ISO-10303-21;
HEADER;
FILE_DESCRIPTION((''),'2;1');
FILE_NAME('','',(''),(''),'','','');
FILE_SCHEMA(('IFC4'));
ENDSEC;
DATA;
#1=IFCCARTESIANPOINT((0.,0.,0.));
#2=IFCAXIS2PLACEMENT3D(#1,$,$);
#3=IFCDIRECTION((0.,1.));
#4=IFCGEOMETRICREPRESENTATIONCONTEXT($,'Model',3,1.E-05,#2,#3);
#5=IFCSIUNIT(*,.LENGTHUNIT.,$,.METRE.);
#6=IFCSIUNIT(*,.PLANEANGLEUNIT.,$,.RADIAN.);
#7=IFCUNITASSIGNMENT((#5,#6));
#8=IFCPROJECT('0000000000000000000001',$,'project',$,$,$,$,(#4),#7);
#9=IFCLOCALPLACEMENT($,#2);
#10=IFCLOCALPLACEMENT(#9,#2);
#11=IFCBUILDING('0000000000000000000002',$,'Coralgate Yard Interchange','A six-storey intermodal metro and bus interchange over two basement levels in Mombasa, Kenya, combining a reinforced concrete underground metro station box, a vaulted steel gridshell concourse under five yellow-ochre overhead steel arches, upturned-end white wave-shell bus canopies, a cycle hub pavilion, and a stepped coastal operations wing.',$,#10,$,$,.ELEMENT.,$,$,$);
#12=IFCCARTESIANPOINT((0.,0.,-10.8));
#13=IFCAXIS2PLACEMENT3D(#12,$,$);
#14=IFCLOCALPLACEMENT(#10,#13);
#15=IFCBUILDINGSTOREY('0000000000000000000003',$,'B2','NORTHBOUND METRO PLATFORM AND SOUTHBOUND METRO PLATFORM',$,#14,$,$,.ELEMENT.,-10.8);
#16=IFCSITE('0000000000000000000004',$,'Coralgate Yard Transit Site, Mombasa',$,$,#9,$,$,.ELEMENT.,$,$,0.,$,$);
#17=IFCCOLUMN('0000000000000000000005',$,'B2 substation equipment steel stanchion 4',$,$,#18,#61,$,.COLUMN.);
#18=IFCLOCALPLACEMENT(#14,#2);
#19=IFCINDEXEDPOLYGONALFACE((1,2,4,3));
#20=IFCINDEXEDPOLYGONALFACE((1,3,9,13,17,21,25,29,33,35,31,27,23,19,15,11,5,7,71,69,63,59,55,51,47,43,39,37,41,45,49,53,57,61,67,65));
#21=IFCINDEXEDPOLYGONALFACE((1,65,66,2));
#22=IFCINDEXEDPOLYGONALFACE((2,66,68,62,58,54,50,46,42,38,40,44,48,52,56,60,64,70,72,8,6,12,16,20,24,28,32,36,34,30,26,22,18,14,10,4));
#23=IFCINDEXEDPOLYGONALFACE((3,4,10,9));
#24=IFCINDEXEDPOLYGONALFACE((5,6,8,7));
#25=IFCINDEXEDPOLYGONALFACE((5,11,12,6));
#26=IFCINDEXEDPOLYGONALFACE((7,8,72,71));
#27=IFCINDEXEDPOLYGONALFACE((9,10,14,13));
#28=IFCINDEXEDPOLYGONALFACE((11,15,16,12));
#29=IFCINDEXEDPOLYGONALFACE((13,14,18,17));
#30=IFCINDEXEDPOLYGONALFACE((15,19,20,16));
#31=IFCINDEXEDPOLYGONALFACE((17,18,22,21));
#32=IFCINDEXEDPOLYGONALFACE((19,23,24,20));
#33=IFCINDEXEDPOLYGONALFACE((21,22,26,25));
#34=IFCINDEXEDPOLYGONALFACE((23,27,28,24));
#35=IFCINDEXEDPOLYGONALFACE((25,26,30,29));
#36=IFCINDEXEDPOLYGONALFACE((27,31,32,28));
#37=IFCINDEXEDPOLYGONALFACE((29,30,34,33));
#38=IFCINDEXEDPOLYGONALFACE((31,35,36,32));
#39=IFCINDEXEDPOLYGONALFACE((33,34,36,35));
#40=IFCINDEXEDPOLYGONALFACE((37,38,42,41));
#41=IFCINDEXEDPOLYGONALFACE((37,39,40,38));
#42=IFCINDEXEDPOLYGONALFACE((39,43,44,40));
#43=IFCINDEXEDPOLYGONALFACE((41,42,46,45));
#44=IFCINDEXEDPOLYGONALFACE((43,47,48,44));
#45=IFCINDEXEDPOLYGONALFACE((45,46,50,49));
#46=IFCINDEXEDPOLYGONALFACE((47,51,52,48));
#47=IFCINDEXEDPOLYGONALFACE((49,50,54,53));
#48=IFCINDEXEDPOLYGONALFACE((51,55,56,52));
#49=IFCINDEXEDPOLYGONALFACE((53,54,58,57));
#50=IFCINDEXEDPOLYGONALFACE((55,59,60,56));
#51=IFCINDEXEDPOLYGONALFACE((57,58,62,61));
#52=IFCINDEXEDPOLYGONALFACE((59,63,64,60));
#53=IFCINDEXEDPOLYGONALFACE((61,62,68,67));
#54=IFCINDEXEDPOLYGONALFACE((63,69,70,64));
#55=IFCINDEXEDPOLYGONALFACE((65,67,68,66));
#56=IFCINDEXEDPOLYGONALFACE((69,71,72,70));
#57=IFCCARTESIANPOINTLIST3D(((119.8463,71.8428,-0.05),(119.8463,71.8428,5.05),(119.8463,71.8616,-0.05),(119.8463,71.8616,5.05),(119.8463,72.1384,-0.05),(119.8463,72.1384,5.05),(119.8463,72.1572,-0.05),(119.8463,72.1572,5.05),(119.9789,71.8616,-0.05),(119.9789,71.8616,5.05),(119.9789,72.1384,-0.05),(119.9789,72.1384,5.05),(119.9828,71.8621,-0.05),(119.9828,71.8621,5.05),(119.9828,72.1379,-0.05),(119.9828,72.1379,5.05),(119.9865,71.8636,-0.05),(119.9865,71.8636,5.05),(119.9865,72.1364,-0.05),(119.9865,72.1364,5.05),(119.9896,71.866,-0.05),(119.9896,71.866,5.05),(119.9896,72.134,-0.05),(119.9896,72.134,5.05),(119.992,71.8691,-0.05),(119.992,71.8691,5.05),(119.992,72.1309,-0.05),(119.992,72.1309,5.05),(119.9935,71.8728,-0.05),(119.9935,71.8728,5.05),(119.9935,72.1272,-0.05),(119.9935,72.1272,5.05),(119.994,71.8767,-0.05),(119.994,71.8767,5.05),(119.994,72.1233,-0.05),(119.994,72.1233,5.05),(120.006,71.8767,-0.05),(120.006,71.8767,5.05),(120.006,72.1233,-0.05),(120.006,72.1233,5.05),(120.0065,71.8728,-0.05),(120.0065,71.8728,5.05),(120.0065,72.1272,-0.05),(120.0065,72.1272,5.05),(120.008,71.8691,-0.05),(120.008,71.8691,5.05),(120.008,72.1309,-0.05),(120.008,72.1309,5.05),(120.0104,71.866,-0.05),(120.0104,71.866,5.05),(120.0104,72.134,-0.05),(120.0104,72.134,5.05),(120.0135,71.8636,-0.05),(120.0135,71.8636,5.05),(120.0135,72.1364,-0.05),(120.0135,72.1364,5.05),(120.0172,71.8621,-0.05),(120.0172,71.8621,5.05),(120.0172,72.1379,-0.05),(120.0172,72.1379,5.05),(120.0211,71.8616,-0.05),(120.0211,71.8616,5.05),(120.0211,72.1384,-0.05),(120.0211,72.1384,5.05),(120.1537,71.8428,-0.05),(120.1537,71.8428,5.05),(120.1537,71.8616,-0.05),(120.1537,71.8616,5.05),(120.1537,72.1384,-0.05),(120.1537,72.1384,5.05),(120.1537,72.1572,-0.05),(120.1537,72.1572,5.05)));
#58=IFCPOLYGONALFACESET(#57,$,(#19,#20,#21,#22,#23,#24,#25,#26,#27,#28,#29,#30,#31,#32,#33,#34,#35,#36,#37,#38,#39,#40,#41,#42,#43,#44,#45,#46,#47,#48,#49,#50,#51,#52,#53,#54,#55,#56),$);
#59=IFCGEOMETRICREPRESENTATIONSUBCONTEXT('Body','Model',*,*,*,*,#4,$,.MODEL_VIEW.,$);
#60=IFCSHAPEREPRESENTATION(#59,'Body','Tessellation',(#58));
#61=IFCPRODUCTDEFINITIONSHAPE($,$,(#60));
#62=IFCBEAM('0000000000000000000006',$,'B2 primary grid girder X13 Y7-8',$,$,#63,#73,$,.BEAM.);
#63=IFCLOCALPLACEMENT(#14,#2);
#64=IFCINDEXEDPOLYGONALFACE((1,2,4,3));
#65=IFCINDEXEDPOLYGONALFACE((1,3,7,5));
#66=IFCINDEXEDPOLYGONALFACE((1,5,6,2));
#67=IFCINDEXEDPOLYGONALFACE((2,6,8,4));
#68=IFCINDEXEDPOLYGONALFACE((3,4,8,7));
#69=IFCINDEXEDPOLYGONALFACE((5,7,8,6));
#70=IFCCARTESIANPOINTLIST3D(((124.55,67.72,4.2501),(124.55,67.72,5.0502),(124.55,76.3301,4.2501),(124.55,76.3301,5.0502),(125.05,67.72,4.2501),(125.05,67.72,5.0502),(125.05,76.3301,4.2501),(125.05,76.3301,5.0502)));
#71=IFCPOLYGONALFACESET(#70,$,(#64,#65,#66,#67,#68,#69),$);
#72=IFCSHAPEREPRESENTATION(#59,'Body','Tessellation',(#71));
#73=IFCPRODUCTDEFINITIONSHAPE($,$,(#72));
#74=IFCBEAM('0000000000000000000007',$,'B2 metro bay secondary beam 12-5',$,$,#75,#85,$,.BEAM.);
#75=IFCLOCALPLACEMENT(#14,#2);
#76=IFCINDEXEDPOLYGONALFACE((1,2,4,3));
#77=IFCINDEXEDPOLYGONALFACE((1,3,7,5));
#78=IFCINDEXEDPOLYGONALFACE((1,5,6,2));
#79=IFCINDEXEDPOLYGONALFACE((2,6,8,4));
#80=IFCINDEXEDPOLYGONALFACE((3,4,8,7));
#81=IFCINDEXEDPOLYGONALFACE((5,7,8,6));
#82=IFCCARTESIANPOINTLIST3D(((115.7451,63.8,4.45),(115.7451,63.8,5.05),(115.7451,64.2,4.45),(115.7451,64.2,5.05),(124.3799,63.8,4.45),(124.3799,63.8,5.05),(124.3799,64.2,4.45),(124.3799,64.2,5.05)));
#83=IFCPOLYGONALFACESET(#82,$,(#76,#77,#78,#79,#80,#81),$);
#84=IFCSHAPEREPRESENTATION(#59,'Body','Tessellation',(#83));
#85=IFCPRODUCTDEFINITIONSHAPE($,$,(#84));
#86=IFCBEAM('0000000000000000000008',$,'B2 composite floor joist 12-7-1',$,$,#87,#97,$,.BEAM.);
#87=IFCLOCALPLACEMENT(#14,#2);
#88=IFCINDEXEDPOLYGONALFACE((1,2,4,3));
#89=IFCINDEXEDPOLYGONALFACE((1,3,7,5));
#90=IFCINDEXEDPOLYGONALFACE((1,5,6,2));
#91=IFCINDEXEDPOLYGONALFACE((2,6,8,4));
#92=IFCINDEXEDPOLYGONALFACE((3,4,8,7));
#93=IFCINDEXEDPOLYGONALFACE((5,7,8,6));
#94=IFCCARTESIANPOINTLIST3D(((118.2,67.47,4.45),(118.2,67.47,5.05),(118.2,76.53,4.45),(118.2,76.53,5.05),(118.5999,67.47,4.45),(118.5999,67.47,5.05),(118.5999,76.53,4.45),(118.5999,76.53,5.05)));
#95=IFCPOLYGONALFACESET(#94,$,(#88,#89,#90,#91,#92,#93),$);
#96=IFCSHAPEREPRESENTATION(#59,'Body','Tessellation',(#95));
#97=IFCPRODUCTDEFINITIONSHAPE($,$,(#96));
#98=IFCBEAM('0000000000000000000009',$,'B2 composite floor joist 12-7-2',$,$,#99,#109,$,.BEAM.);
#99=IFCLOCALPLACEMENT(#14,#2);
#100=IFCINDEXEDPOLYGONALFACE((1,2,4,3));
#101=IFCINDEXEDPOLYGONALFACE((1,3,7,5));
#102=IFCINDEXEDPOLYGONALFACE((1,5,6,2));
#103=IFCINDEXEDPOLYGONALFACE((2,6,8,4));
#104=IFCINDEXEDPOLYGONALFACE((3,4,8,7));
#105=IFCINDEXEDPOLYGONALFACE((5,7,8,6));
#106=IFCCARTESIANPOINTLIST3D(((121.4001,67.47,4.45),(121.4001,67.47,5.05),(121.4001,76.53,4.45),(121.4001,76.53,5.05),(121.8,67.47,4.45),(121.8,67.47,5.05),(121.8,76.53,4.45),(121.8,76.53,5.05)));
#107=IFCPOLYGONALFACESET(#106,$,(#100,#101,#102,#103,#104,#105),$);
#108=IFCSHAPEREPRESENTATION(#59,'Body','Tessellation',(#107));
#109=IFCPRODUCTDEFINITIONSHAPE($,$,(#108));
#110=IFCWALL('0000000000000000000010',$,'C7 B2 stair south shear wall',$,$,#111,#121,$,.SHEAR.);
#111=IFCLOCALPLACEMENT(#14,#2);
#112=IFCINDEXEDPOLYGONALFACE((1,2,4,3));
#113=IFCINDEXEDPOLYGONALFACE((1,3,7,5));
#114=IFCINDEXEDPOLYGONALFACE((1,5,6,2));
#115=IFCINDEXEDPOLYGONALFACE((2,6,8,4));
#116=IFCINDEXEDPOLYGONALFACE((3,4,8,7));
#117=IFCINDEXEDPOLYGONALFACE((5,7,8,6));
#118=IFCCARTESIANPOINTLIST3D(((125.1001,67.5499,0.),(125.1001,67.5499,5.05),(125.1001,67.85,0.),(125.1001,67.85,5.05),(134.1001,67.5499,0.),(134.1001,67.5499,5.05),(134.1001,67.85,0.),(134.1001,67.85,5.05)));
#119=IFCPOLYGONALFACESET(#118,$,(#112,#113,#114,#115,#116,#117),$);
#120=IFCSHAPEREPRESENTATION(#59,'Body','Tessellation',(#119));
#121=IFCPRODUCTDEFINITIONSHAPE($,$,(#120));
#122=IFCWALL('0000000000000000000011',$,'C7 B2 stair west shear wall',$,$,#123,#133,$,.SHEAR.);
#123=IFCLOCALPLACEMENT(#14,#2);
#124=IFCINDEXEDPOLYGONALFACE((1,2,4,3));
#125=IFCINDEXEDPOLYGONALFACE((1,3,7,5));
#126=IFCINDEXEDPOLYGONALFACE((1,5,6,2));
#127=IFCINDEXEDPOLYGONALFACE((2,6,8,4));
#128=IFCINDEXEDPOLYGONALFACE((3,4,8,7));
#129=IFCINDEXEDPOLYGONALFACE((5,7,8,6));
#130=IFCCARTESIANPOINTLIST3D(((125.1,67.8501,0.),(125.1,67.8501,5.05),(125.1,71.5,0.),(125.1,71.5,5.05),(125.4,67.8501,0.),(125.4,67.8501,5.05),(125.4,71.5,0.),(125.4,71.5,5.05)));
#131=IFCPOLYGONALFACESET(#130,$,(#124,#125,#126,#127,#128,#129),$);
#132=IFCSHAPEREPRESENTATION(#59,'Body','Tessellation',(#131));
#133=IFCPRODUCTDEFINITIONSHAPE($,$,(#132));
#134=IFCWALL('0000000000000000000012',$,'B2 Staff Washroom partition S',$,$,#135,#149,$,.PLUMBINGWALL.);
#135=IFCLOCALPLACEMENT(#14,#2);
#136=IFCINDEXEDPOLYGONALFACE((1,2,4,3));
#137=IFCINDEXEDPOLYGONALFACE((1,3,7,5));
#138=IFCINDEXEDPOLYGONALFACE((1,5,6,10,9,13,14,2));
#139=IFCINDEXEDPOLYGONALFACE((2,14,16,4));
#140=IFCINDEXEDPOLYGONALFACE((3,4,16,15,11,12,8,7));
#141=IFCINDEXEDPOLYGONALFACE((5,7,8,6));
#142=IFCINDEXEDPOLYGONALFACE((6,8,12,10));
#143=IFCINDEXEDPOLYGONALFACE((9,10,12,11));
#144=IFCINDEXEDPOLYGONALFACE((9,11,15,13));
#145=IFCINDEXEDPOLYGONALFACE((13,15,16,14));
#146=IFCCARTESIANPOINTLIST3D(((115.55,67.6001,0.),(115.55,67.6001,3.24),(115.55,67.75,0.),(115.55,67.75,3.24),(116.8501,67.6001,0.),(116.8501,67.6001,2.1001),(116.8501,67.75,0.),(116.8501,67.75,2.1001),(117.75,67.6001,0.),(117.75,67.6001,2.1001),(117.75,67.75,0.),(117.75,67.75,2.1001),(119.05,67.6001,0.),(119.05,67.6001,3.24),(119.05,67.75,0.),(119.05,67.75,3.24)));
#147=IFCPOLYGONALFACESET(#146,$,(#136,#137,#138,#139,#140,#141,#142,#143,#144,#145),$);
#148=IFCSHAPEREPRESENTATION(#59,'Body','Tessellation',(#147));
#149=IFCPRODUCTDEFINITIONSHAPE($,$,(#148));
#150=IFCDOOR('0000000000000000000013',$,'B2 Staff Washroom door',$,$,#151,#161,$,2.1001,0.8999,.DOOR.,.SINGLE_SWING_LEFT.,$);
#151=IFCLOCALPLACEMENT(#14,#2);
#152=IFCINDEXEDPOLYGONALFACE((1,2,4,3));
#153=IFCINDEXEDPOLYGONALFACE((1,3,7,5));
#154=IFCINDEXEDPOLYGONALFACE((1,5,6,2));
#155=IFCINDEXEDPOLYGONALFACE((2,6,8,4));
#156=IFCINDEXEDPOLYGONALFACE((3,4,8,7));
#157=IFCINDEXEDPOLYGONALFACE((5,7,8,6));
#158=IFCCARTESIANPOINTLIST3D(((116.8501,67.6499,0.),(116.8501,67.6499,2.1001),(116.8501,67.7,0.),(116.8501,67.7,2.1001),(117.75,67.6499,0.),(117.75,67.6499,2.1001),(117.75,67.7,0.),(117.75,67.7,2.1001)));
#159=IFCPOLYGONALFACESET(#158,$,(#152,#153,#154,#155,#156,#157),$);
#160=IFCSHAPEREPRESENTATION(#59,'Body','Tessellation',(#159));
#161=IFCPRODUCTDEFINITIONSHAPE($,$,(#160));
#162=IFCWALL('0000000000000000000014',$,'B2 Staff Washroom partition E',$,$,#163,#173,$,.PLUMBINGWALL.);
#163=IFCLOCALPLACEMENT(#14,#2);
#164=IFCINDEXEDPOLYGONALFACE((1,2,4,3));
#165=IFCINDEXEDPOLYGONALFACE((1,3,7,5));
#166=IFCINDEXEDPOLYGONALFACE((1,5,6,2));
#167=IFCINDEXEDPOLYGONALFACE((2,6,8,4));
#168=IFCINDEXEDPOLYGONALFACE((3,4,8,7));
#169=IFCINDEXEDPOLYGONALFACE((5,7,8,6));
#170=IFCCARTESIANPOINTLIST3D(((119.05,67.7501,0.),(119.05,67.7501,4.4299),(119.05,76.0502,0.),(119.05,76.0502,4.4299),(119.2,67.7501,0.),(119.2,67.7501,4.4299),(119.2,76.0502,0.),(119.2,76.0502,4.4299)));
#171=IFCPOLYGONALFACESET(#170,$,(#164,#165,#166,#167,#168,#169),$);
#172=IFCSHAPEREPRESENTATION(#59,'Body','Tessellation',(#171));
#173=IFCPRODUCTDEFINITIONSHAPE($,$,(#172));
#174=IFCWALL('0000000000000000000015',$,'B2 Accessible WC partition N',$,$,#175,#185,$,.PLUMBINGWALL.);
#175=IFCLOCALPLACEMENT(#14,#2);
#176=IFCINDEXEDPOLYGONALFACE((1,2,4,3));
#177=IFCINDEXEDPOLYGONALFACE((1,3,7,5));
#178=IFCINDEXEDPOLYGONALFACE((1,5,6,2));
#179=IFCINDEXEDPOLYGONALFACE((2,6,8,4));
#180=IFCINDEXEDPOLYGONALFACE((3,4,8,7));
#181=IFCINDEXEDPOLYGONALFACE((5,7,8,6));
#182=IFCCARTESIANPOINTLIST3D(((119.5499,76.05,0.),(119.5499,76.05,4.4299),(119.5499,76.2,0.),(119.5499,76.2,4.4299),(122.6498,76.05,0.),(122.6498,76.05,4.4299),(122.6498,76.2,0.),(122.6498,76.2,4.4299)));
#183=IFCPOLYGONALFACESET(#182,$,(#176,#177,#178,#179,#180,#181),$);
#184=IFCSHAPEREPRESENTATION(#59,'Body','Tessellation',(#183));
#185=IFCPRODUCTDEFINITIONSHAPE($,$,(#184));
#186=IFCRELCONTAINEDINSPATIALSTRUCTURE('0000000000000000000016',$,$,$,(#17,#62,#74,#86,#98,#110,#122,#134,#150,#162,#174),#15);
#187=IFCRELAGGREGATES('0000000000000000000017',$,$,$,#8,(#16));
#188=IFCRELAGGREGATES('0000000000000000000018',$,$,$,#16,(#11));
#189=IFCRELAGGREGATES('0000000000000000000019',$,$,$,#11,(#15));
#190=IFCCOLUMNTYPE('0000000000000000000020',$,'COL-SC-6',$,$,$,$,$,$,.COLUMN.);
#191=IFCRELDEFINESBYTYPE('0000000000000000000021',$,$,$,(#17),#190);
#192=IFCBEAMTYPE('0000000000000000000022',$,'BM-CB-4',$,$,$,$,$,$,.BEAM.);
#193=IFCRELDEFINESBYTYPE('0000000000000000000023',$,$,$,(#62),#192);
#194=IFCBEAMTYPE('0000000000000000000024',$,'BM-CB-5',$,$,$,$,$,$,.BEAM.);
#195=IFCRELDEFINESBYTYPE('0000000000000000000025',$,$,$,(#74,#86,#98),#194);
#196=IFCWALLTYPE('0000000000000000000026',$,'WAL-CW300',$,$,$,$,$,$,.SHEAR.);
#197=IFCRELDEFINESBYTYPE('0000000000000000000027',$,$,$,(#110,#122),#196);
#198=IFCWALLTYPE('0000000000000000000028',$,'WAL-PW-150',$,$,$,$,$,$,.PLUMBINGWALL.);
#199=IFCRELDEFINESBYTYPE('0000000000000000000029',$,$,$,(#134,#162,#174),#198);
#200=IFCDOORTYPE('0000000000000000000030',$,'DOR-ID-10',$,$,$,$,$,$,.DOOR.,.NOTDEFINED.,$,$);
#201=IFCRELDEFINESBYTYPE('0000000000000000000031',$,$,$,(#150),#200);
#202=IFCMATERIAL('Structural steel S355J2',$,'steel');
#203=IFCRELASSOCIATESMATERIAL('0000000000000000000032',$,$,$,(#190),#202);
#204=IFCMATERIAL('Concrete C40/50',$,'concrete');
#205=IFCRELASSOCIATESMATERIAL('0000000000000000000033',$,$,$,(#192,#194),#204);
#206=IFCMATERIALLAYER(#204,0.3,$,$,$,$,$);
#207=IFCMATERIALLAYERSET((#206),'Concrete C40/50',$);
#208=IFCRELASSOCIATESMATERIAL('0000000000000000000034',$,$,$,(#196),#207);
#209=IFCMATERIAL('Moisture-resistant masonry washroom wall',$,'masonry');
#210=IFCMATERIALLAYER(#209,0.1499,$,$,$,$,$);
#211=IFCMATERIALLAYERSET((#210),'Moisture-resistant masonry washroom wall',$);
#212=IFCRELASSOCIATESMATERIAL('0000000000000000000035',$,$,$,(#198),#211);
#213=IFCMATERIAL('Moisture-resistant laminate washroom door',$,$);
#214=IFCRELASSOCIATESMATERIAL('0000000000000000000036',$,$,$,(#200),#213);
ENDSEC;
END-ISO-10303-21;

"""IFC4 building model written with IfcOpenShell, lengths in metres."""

from ifc_helpers import new_model, si_unit, direction, frame, frame_2d, origin, origin_2d, place, context, subcontext, project, spatial, rectangle, i_section, extrude, material, layer, layer_set, material_profile, profile_set, type_object, element, fill, save


model = new_model("IFC4")

# Units and contexts
model_context = context("Model", 3, precision=1e-05, world=origin(), true_north=direction((0.0, 1.0)))
body_context = subcontext(model_context, "Body", "Model", "MODEL_VIEW")
ifc_project = project(units=[si_unit("LENGTHUNIT", "METRE"), si_unit("PLANEANGLEUNIT", "RADIAN")], contexts=[model_context])

# Site, building, storey
site_placement = place(None, origin())
site = spatial("IfcSite", under=ifc_project, at=site_placement, Name="Coralgate Yard Transit Site, Mombasa", CompositionType="ELEMENT", RefElevation=0.0)
building_placement = place(site_placement, origin())
building = spatial("IfcBuilding", under=site, at=building_placement, Name="Coralgate Yard Interchange", Description="A six-storey intermodal metro and bus interchange over two basement levels in Mombasa, Kenya, combining a reinforced concrete underground metro station box, a vaulted steel gridshell concourse under five yellow-ochre overhead steel arches, upturned-end white wave-shell bus canopies, a cycle hub pavilion, and a stepped coastal operations wing.", CompositionType="ELEMENT")
storey_placement = place(building_placement, frame((0.0, 0.0, -10.8)))
storey = spatial("IfcBuildingStorey", under=building, at=storey_placement, Name="B2", Description="NORTHBOUND METRO PLATFORM AND SOUTHBOUND METRO PLATFORM", CompositionType="ELEMENT", Elevation=-10.8)

# Shared definitions
ifc_material_1 = material(Name="Concrete C40/50", Category="concrete")

# Column
ifc_material_2 = material(Name="Structural steel S355J2", Category="steel")
ifc_material_profile_1 = material_profile(ifc_material_2, i_section(OverallWidth=0.3074, OverallDepth=0.3145, WebThickness=0.012, FlangeThickness=0.0188, FilletRadius=0.0151, at=origin_2d()), Name="UC 305x305x118")
ifc_profile_set_1 = profile_set([ifc_material_profile_1], Name="Structural steel S355J2")
column_type_1 = type_object("IfcColumnType", Name="COL-SC-6", PredefinedType="COLUMN", material=ifc_profile_set_1)
column_1_placement = place(storey_placement, frame((120.0, 72.0, -0.05), z_axis=(0.0, 0.0, 1.0), x_axis=(1.0, 0.0, 0.0)))
element("IfcColumn", 1, at=column_1_placement, inside=storey, type_object=column_type_1, Name="B2 substation equipment steel stanchion 4", PredefinedType="COLUMN", context=body_context, shape_type="SweptSolid", body=[
    extrude(i_section(OverallWidth=0.3074, OverallDepth=0.3145, WebThickness=0.012, FlangeThickness=0.0188, FilletRadius=0.0151, at=origin_2d()), origin(), (0.0, 0.0, 1.0), 5.1001),
])

# Beams
ifc_material_profile_2 = material_profile(ifc_material_1, rectangle(XDim=0.5, YDim=0.8, at=origin_2d()), Name="RC 500x800")
ifc_profile_set_2 = profile_set([ifc_material_profile_2], Name="Concrete C40/50")
beam_type_1 = type_object("IfcBeamType", Name="BM-CB-4", PredefinedType="BEAM", material=ifc_profile_set_2)
beam_1_placement = place(storey_placement, frame((124.8, 67.72, 4.6501), z_axis=(0.0, 1.0, 0.0), x_axis=(-1.0, 0.0, 0.0)))
element("IfcBeam", 2, at=beam_1_placement, inside=storey, type_object=beam_type_1, Name="B2 primary grid girder X13 Y7-8", PredefinedType="BEAM", context=body_context, shape_type="SweptSolid", body=[
    extrude(rectangle(XDim=0.5, YDim=0.8, at=origin_2d()), origin(), (0.0, 0.0, 1.0), 8.6101),
])
ifc_material_profile_3 = material_profile(ifc_material_1, rectangle(XDim=0.3999, YDim=0.6001, at=origin_2d()), Name="RC 400x600")
ifc_profile_set_3 = profile_set([ifc_material_profile_3], Name="Concrete C40/50")
beam_type_2 = type_object("IfcBeamType", Name="BM-CB-5", PredefinedType="BEAM", material=ifc_profile_set_3)
beam_2_placement = place(storey_placement, frame((115.7451, 64.0, 4.75), z_axis=(1.0, 0.0, 0.0), x_axis=(0.0, 1.0, 0.0)))
element("IfcBeam", 3, at=beam_2_placement, inside=storey, type_object=beam_type_2, Name="B2 metro bay secondary beam 12-5", PredefinedType="BEAM", context=body_context, shape_type="SweptSolid", body=[
    extrude(rectangle(XDim=0.3999, YDim=0.6001, at=origin_2d()), origin(), (0.0, 0.0, 1.0), 8.6348),
])
for number, where, z_axis, x_axis, name in (
    (4, (118.3999, 67.47, 4.75), (0.0, 1.0, 0.0), (-1.0, 0.0, 0.0), "B2 composite floor joist 12-7-1"),
    (5, (121.6001, 67.47, 4.75), (0.0, 1.0, 0.0), (-1.0, 0.0, 0.0), "B2 composite floor joist 12-7-2"),
):
    element("IfcBeam", number, at=place(storey_placement, frame(where, z_axis=z_axis, x_axis=x_axis)), inside=storey, type_object=beam_type_2, Name=name, PredefinedType="BEAM", context=body_context, shape_type="SweptSolid", body=[
        extrude(rectangle(XDim=0.3999, YDim=0.6001, at=origin_2d()), origin(), (0.0, 0.0, 1.0), 9.0601),
    ])

# Walls
ifc_layer_1 = layer(ifc_material_1, 0.3)
ifc_layer_set_1 = layer_set([ifc_layer_1], Name="Concrete C40/50")
wall_type_1 = type_object("IfcWallType", Name="WAL-CW300", PredefinedType="SHEAR", material=ifc_layer_set_1)
wall_1_placement = place(storey_placement, frame((125.1001, 67.7, 0.0), z_axis=(0.0, 0.0, 1.0), x_axis=(1.0, 0.0, 0.0)))
element("IfcWall", 6, at=wall_1_placement, inside=storey, type_object=wall_type_1, Name="C7 B2 stair south shear wall", PredefinedType="SHEAR", context=body_context, shape_type="SweptSolid", body=[
    extrude(rectangle(XDim=9.0, YDim=0.3, at=frame_2d((4.5, 0.0))), origin(), (0.0, 0.0, 1.0), 5.05),
])
wall_2_placement = place(storey_placement, frame((125.25, 67.8501, 0.0), z_axis=(0.0, 0.0, 1.0), x_axis=(0.0, 1.0, 0.0)))
element("IfcWall", 7, at=wall_2_placement, inside=storey, type_object=wall_type_1, Name="C7 B2 stair west shear wall", PredefinedType="SHEAR", context=body_context, shape_type="SweptSolid", body=[
    extrude(rectangle(XDim=3.6499, YDim=0.3, at=frame_2d((1.825, 0.0))), origin(), (0.0, 0.0, 1.0), 5.05),
])

# Wall, opening, door
ifc_material_3 = material(Name="Moisture-resistant masonry washroom wall", Category="masonry")
ifc_layer_2 = layer(ifc_material_3, 0.1499)
ifc_layer_set_2 = layer_set([ifc_layer_2], Name="Moisture-resistant masonry washroom wall")
wall_type_2 = type_object("IfcWallType", Name="WAL-PW-150", PredefinedType="PLUMBINGWALL", material=ifc_layer_set_2)
wall_3_placement = place(storey_placement, frame((119.05, 67.675, 0.0), z_axis=(0.0, 0.0, 1.0), x_axis=(-1.0, 0.0, 0.0)))
wall_3 = element("IfcWall", 8, at=wall_3_placement, inside=storey, type_object=wall_type_2, Name="B2 Staff Washroom partition S", PredefinedType="PLUMBINGWALL", context=body_context, shape_type="SweptSolid", body=[
    extrude(rectangle(XDim=3.5, YDim=0.1499, at=frame_2d((1.75, 0.0))), origin(), (0.0, 0.0, 1.0), 3.24),
])
opening_1_placement = place(wall_3_placement, frame((1.3, 0.0, 0.0)))
opening_1 = element("IfcOpeningElement", 9, at=opening_1_placement, cuts=wall_3, PredefinedType="OPENING", context=body_context, shape_type="SweptSolid", body=[
    extrude(rectangle(XDim=0.8999, YDim=2.1001, at=frame_2d((0.45, 1.05))), frame((0.0, 0.085, 0.0), z_axis=(0.0, -1.0, 0.0), x_axis=(1.0, 0.0, 0.0)), (0.0, 0.0, 1.0), 0.1699),
])
ifc_material_4 = material(Name="Moisture-resistant laminate washroom door")
door_type_1 = type_object("IfcDoorType", Name="DOR-ID-10", OperationType="NOTDEFINED", PredefinedType="DOOR", material=ifc_material_4)
door_1_placement = place(opening_1_placement, frame((0.8999, 0.0, 0.0), z_axis=(0.0, 0.0, 1.0), x_axis=(-1.0, 0.0, 0.0)))
door_1 = element("IfcDoor", 10, at=door_1_placement, inside=storey, type_object=door_type_1, Name="B2 Staff Washroom door", OperationType="SINGLE_SWING_LEFT", OverallHeight=2.1001, OverallWidth=0.8999, PredefinedType="DOOR", context=body_context, shape_type="SweptSolid", body=[
    extrude(rectangle(XDim=0.8999, YDim=2.1001, at=frame_2d((0.45, 1.05))), frame((0.0, 0.0249, 0.0), z_axis=(0.0, -1.0, 0.0), x_axis=(1.0, 0.0, 0.0)), (0.0, 0.0, 1.0), 0.05),
])
fill(opening_1, door_1)

# Wall
wall_4_placement = place(storey_placement, frame((119.125, 76.05, 0.0), z_axis=(0.0, 0.0, 1.0), x_axis=(0.0, -1.0, 0.0)))
element("IfcWall", 11, at=wall_4_placement, inside=storey, type_object=wall_type_2, Name="B2 Staff Washroom partition E", PredefinedType="PLUMBINGWALL", context=body_context, shape_type="SweptSolid", body=[
    extrude(rectangle(XDim=8.3, YDim=0.1499, at=frame_2d((4.1499, 0.0))), origin(), (0.0, 0.0, 1.0), 4.4299),
])

# Wall
wall_5_placement = place(storey_placement, frame((119.55, 76.125, 0.0), z_axis=(0.0, 0.0, 1.0), x_axis=(1.0, 0.0, 0.0)))
element("IfcWall", 12, at=wall_5_placement, inside=storey, type_object=wall_type_2, Name="B2 Accessible WC partition N", PredefinedType="PLUMBINGWALL", context=body_context, shape_type="SweptSolid", body=[
    extrude(rectangle(XDim=3.0999, YDim=0.1499, at=frame_2d((1.5498, 0.0))), origin(), (0.0, 0.0, 1.0), 4.4299),
])

save(model, "model.ifc")
